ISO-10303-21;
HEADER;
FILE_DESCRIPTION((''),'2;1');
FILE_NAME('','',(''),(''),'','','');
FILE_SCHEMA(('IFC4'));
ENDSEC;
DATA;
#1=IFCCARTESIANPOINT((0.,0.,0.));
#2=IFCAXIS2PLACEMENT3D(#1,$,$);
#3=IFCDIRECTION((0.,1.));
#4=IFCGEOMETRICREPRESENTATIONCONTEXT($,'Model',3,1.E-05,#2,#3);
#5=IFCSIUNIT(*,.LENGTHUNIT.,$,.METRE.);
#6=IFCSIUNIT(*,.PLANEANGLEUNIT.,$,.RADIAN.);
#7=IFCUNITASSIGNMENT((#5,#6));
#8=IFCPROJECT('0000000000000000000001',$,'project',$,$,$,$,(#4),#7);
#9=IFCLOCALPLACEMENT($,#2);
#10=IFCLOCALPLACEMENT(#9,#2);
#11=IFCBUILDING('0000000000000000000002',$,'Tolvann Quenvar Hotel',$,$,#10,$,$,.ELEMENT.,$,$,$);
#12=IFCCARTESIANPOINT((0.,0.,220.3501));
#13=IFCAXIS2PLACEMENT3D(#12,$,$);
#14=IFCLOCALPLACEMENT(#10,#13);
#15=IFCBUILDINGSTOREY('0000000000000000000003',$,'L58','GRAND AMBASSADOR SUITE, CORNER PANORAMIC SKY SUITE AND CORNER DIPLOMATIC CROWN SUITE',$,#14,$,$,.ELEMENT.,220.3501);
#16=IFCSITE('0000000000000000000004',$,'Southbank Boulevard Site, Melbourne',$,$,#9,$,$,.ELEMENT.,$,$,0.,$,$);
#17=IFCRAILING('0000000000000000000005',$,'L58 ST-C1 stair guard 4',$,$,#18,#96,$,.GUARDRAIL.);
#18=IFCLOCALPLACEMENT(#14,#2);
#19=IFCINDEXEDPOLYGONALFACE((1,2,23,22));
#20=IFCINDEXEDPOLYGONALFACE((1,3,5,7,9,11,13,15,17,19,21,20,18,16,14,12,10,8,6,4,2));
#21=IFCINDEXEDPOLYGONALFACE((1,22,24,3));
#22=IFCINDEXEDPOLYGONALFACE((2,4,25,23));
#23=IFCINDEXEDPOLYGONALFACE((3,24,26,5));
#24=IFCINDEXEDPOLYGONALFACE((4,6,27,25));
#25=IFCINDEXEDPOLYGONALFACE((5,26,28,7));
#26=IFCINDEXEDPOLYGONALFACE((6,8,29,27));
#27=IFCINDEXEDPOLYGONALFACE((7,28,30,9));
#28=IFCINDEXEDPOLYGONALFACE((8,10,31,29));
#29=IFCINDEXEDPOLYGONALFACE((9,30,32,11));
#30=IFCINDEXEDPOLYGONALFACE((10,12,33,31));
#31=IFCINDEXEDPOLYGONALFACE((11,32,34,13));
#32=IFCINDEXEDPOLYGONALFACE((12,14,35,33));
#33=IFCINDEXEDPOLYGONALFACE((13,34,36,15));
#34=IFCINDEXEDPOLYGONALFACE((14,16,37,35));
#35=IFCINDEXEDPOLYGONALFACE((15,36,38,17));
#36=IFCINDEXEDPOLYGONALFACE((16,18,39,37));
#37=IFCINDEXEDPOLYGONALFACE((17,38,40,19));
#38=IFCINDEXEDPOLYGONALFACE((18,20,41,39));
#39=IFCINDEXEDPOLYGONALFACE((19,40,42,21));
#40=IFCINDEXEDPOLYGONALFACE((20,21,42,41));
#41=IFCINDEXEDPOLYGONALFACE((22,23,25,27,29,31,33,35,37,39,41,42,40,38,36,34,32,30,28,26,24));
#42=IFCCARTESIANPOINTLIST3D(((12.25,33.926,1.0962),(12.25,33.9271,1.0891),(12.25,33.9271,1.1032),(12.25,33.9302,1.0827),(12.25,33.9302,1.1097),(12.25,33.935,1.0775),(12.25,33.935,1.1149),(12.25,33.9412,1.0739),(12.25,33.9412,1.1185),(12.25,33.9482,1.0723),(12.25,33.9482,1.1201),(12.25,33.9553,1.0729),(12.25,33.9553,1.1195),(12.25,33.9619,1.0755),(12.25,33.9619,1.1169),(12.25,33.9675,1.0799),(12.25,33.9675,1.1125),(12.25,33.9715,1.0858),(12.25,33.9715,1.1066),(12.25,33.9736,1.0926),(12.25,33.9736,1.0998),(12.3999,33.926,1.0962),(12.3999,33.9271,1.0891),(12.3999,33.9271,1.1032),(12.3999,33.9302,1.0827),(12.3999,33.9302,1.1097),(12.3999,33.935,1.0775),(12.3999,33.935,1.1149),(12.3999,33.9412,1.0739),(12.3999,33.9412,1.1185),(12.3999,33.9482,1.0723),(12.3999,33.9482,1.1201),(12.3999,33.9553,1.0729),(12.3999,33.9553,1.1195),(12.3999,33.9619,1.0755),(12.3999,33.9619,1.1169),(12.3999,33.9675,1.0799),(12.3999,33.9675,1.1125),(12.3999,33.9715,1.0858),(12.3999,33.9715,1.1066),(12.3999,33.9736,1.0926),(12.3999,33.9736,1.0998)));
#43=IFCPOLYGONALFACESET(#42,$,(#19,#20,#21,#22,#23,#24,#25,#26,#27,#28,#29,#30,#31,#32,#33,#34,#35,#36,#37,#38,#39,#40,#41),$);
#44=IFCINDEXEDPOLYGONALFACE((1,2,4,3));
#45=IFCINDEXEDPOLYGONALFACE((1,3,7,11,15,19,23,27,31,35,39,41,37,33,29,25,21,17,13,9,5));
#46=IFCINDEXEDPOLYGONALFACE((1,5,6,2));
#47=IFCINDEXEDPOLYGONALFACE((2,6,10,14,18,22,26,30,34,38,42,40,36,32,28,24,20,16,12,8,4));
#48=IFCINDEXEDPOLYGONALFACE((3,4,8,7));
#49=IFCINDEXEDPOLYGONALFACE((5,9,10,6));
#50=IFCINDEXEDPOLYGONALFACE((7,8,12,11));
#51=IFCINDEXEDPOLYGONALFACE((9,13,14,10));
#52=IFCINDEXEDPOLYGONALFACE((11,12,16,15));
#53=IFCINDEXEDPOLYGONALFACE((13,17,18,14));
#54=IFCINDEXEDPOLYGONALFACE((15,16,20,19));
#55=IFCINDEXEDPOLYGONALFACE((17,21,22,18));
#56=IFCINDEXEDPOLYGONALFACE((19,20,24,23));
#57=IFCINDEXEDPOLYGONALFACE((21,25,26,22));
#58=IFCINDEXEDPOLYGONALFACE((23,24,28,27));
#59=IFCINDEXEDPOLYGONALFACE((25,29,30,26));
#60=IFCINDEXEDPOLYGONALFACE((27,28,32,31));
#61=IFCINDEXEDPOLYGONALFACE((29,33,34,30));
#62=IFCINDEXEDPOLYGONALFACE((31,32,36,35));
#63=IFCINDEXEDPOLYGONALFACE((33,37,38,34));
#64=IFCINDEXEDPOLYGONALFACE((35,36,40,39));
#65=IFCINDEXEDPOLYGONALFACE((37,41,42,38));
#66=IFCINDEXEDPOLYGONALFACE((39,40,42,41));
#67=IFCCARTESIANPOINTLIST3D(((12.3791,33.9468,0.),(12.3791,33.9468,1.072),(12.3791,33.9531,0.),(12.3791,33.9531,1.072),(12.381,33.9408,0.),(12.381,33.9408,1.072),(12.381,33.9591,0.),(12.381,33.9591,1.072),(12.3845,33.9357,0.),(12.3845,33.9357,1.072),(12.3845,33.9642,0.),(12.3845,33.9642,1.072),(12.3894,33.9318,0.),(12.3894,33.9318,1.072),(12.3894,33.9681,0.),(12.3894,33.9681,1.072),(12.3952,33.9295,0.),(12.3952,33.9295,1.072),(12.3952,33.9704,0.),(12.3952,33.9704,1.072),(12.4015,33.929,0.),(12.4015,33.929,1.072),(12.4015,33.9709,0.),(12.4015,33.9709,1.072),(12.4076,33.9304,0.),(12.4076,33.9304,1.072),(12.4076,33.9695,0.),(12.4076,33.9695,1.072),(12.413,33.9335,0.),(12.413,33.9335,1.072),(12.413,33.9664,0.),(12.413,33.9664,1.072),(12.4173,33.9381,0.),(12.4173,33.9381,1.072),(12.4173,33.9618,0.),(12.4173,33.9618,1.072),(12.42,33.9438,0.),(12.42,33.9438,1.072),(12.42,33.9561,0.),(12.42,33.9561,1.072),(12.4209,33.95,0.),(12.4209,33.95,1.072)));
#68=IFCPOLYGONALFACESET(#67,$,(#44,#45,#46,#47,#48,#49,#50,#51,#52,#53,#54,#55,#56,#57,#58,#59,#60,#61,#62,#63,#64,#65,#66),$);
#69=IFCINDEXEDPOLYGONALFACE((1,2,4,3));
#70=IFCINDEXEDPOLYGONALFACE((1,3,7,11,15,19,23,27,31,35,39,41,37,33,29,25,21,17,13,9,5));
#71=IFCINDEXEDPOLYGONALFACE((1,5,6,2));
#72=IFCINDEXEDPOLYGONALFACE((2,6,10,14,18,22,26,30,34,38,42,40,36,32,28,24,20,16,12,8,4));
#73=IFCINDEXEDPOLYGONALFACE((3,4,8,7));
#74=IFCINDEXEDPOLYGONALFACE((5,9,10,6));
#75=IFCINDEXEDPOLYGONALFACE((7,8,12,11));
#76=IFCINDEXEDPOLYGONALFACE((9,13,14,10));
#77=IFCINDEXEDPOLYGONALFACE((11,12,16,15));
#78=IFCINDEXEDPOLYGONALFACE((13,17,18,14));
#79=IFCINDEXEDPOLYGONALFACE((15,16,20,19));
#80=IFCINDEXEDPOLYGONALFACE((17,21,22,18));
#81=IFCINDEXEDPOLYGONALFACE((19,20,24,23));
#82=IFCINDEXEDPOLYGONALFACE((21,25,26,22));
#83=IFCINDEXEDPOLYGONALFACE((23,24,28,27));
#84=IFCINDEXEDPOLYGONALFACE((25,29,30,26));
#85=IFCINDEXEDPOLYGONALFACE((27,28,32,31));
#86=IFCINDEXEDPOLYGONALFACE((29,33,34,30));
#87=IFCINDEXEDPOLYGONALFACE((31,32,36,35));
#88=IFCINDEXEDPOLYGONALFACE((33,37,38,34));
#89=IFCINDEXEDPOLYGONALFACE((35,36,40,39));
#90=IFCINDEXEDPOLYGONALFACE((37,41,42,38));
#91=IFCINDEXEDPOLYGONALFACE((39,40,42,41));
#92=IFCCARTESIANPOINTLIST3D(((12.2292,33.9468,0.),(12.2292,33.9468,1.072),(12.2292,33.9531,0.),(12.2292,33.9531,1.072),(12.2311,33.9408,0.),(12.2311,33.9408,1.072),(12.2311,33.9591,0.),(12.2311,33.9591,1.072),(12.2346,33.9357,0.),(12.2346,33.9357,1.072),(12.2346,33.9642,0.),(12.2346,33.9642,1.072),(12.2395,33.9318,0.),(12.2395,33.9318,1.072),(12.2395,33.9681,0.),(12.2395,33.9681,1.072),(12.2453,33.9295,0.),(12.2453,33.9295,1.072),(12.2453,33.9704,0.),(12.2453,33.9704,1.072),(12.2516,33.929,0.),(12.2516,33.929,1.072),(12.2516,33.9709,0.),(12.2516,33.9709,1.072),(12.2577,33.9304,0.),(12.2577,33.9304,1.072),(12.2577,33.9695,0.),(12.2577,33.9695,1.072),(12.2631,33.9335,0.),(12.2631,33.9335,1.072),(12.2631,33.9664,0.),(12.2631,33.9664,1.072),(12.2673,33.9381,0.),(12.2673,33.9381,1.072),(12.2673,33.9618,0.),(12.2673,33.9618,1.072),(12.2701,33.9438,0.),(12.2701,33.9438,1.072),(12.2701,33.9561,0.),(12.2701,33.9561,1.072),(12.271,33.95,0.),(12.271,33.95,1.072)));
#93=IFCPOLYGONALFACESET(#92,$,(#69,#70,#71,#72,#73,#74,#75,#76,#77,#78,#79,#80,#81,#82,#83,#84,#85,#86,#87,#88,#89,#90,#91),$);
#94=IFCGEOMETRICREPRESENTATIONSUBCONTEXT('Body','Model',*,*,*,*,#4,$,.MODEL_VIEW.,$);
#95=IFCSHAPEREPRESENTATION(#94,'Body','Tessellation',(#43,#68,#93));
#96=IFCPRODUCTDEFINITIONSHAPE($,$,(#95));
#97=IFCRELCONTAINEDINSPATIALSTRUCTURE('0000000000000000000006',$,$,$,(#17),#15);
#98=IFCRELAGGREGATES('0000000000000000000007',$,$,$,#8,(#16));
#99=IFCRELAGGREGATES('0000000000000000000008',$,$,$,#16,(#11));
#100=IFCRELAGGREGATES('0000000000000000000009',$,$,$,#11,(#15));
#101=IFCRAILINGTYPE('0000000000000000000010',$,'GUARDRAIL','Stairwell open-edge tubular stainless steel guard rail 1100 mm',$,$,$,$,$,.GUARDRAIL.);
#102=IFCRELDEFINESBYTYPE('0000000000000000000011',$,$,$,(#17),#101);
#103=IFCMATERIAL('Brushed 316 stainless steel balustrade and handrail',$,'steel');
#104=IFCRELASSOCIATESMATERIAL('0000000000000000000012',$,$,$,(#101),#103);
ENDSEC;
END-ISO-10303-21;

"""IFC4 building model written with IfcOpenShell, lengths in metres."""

from ifc_helpers import new_model, si_unit, direction, frame, origin, origin_2d, place, context, subcontext, project, spatial, circle, extrude, material, type_object, element, save


model = new_model("IFC4")

# Units and contexts
model_context = context("Model", 3, precision=1e-05, world=origin(), true_north=direction((0.0, 1.0)))
body_context = subcontext(model_context, "Body", "Model", "MODEL_VIEW")
ifc_project = project(units=[si_unit("LENGTHUNIT", "METRE"), si_unit("PLANEANGLEUNIT", "RADIAN")], contexts=[model_context])

# Site, building, storey
site_placement = place(None, origin())
site = spatial("IfcSite", under=ifc_project, at=site_placement, Name="Southbank Boulevard Site, Melbourne", CompositionType="ELEMENT", RefElevation=0.0)
building_placement = place(site_placement, origin())
building = spatial("IfcBuilding", under=site, at=building_placement, Name="Tolvann Quenvar Hotel", CompositionType="ELEMENT")
storey_placement = place(building_placement, frame((0.0, 0.0, 220.3501)))
storey = spatial("IfcBuildingStorey", under=building, at=storey_placement, Name="L58", Description="GRAND AMBASSADOR SUITE, CORNER PANORAMIC SKY SUITE AND CORNER DIPLOMATIC CROWN SUITE", CompositionType="ELEMENT", Elevation=220.3501)

# Railing
ifc_material_1 = material(Name="Brushed 316 stainless steel balustrade and handrail", Category="steel")
railing_type_1 = type_object("IfcRailingType", Name="GUARDRAIL", Description="Stairwell open-edge tubular stainless steel guard rail 1100 mm", PredefinedType="GUARDRAIL", material=ifc_material_1)
railing_1_placement = place(storey_placement, frame((12.3999, 33.95, 0.0)))
element("IfcRailing", 1, at=railing_1_placement, inside=storey, type_object=railing_type_1, Name="L58 ST-C1 stair guard 4", PredefinedType="GUARDRAIL", context=body_context, shape_type="SweptSolid", body=[
    extrude(circle(Radius=0.0239, at=origin_2d()), frame((0.0, 0.0, 1.0962), z_axis=(-1.0, 0.0, 0.0), x_axis=(0.0, -1.0, 0.0)), (0.0, 0.0, 1.0), 0.1499),
    extrude(circle(Radius=0.021, at=origin_2d()), origin(), (0.0, 0.0, 1.0), 1.072),
    extrude(circle(Radius=0.021, at=origin_2d()), frame((-0.1499, 0.0, 0.0)), (0.0, 0.0, 1.0), 1.072),
])

save(model, "model.ifc")
